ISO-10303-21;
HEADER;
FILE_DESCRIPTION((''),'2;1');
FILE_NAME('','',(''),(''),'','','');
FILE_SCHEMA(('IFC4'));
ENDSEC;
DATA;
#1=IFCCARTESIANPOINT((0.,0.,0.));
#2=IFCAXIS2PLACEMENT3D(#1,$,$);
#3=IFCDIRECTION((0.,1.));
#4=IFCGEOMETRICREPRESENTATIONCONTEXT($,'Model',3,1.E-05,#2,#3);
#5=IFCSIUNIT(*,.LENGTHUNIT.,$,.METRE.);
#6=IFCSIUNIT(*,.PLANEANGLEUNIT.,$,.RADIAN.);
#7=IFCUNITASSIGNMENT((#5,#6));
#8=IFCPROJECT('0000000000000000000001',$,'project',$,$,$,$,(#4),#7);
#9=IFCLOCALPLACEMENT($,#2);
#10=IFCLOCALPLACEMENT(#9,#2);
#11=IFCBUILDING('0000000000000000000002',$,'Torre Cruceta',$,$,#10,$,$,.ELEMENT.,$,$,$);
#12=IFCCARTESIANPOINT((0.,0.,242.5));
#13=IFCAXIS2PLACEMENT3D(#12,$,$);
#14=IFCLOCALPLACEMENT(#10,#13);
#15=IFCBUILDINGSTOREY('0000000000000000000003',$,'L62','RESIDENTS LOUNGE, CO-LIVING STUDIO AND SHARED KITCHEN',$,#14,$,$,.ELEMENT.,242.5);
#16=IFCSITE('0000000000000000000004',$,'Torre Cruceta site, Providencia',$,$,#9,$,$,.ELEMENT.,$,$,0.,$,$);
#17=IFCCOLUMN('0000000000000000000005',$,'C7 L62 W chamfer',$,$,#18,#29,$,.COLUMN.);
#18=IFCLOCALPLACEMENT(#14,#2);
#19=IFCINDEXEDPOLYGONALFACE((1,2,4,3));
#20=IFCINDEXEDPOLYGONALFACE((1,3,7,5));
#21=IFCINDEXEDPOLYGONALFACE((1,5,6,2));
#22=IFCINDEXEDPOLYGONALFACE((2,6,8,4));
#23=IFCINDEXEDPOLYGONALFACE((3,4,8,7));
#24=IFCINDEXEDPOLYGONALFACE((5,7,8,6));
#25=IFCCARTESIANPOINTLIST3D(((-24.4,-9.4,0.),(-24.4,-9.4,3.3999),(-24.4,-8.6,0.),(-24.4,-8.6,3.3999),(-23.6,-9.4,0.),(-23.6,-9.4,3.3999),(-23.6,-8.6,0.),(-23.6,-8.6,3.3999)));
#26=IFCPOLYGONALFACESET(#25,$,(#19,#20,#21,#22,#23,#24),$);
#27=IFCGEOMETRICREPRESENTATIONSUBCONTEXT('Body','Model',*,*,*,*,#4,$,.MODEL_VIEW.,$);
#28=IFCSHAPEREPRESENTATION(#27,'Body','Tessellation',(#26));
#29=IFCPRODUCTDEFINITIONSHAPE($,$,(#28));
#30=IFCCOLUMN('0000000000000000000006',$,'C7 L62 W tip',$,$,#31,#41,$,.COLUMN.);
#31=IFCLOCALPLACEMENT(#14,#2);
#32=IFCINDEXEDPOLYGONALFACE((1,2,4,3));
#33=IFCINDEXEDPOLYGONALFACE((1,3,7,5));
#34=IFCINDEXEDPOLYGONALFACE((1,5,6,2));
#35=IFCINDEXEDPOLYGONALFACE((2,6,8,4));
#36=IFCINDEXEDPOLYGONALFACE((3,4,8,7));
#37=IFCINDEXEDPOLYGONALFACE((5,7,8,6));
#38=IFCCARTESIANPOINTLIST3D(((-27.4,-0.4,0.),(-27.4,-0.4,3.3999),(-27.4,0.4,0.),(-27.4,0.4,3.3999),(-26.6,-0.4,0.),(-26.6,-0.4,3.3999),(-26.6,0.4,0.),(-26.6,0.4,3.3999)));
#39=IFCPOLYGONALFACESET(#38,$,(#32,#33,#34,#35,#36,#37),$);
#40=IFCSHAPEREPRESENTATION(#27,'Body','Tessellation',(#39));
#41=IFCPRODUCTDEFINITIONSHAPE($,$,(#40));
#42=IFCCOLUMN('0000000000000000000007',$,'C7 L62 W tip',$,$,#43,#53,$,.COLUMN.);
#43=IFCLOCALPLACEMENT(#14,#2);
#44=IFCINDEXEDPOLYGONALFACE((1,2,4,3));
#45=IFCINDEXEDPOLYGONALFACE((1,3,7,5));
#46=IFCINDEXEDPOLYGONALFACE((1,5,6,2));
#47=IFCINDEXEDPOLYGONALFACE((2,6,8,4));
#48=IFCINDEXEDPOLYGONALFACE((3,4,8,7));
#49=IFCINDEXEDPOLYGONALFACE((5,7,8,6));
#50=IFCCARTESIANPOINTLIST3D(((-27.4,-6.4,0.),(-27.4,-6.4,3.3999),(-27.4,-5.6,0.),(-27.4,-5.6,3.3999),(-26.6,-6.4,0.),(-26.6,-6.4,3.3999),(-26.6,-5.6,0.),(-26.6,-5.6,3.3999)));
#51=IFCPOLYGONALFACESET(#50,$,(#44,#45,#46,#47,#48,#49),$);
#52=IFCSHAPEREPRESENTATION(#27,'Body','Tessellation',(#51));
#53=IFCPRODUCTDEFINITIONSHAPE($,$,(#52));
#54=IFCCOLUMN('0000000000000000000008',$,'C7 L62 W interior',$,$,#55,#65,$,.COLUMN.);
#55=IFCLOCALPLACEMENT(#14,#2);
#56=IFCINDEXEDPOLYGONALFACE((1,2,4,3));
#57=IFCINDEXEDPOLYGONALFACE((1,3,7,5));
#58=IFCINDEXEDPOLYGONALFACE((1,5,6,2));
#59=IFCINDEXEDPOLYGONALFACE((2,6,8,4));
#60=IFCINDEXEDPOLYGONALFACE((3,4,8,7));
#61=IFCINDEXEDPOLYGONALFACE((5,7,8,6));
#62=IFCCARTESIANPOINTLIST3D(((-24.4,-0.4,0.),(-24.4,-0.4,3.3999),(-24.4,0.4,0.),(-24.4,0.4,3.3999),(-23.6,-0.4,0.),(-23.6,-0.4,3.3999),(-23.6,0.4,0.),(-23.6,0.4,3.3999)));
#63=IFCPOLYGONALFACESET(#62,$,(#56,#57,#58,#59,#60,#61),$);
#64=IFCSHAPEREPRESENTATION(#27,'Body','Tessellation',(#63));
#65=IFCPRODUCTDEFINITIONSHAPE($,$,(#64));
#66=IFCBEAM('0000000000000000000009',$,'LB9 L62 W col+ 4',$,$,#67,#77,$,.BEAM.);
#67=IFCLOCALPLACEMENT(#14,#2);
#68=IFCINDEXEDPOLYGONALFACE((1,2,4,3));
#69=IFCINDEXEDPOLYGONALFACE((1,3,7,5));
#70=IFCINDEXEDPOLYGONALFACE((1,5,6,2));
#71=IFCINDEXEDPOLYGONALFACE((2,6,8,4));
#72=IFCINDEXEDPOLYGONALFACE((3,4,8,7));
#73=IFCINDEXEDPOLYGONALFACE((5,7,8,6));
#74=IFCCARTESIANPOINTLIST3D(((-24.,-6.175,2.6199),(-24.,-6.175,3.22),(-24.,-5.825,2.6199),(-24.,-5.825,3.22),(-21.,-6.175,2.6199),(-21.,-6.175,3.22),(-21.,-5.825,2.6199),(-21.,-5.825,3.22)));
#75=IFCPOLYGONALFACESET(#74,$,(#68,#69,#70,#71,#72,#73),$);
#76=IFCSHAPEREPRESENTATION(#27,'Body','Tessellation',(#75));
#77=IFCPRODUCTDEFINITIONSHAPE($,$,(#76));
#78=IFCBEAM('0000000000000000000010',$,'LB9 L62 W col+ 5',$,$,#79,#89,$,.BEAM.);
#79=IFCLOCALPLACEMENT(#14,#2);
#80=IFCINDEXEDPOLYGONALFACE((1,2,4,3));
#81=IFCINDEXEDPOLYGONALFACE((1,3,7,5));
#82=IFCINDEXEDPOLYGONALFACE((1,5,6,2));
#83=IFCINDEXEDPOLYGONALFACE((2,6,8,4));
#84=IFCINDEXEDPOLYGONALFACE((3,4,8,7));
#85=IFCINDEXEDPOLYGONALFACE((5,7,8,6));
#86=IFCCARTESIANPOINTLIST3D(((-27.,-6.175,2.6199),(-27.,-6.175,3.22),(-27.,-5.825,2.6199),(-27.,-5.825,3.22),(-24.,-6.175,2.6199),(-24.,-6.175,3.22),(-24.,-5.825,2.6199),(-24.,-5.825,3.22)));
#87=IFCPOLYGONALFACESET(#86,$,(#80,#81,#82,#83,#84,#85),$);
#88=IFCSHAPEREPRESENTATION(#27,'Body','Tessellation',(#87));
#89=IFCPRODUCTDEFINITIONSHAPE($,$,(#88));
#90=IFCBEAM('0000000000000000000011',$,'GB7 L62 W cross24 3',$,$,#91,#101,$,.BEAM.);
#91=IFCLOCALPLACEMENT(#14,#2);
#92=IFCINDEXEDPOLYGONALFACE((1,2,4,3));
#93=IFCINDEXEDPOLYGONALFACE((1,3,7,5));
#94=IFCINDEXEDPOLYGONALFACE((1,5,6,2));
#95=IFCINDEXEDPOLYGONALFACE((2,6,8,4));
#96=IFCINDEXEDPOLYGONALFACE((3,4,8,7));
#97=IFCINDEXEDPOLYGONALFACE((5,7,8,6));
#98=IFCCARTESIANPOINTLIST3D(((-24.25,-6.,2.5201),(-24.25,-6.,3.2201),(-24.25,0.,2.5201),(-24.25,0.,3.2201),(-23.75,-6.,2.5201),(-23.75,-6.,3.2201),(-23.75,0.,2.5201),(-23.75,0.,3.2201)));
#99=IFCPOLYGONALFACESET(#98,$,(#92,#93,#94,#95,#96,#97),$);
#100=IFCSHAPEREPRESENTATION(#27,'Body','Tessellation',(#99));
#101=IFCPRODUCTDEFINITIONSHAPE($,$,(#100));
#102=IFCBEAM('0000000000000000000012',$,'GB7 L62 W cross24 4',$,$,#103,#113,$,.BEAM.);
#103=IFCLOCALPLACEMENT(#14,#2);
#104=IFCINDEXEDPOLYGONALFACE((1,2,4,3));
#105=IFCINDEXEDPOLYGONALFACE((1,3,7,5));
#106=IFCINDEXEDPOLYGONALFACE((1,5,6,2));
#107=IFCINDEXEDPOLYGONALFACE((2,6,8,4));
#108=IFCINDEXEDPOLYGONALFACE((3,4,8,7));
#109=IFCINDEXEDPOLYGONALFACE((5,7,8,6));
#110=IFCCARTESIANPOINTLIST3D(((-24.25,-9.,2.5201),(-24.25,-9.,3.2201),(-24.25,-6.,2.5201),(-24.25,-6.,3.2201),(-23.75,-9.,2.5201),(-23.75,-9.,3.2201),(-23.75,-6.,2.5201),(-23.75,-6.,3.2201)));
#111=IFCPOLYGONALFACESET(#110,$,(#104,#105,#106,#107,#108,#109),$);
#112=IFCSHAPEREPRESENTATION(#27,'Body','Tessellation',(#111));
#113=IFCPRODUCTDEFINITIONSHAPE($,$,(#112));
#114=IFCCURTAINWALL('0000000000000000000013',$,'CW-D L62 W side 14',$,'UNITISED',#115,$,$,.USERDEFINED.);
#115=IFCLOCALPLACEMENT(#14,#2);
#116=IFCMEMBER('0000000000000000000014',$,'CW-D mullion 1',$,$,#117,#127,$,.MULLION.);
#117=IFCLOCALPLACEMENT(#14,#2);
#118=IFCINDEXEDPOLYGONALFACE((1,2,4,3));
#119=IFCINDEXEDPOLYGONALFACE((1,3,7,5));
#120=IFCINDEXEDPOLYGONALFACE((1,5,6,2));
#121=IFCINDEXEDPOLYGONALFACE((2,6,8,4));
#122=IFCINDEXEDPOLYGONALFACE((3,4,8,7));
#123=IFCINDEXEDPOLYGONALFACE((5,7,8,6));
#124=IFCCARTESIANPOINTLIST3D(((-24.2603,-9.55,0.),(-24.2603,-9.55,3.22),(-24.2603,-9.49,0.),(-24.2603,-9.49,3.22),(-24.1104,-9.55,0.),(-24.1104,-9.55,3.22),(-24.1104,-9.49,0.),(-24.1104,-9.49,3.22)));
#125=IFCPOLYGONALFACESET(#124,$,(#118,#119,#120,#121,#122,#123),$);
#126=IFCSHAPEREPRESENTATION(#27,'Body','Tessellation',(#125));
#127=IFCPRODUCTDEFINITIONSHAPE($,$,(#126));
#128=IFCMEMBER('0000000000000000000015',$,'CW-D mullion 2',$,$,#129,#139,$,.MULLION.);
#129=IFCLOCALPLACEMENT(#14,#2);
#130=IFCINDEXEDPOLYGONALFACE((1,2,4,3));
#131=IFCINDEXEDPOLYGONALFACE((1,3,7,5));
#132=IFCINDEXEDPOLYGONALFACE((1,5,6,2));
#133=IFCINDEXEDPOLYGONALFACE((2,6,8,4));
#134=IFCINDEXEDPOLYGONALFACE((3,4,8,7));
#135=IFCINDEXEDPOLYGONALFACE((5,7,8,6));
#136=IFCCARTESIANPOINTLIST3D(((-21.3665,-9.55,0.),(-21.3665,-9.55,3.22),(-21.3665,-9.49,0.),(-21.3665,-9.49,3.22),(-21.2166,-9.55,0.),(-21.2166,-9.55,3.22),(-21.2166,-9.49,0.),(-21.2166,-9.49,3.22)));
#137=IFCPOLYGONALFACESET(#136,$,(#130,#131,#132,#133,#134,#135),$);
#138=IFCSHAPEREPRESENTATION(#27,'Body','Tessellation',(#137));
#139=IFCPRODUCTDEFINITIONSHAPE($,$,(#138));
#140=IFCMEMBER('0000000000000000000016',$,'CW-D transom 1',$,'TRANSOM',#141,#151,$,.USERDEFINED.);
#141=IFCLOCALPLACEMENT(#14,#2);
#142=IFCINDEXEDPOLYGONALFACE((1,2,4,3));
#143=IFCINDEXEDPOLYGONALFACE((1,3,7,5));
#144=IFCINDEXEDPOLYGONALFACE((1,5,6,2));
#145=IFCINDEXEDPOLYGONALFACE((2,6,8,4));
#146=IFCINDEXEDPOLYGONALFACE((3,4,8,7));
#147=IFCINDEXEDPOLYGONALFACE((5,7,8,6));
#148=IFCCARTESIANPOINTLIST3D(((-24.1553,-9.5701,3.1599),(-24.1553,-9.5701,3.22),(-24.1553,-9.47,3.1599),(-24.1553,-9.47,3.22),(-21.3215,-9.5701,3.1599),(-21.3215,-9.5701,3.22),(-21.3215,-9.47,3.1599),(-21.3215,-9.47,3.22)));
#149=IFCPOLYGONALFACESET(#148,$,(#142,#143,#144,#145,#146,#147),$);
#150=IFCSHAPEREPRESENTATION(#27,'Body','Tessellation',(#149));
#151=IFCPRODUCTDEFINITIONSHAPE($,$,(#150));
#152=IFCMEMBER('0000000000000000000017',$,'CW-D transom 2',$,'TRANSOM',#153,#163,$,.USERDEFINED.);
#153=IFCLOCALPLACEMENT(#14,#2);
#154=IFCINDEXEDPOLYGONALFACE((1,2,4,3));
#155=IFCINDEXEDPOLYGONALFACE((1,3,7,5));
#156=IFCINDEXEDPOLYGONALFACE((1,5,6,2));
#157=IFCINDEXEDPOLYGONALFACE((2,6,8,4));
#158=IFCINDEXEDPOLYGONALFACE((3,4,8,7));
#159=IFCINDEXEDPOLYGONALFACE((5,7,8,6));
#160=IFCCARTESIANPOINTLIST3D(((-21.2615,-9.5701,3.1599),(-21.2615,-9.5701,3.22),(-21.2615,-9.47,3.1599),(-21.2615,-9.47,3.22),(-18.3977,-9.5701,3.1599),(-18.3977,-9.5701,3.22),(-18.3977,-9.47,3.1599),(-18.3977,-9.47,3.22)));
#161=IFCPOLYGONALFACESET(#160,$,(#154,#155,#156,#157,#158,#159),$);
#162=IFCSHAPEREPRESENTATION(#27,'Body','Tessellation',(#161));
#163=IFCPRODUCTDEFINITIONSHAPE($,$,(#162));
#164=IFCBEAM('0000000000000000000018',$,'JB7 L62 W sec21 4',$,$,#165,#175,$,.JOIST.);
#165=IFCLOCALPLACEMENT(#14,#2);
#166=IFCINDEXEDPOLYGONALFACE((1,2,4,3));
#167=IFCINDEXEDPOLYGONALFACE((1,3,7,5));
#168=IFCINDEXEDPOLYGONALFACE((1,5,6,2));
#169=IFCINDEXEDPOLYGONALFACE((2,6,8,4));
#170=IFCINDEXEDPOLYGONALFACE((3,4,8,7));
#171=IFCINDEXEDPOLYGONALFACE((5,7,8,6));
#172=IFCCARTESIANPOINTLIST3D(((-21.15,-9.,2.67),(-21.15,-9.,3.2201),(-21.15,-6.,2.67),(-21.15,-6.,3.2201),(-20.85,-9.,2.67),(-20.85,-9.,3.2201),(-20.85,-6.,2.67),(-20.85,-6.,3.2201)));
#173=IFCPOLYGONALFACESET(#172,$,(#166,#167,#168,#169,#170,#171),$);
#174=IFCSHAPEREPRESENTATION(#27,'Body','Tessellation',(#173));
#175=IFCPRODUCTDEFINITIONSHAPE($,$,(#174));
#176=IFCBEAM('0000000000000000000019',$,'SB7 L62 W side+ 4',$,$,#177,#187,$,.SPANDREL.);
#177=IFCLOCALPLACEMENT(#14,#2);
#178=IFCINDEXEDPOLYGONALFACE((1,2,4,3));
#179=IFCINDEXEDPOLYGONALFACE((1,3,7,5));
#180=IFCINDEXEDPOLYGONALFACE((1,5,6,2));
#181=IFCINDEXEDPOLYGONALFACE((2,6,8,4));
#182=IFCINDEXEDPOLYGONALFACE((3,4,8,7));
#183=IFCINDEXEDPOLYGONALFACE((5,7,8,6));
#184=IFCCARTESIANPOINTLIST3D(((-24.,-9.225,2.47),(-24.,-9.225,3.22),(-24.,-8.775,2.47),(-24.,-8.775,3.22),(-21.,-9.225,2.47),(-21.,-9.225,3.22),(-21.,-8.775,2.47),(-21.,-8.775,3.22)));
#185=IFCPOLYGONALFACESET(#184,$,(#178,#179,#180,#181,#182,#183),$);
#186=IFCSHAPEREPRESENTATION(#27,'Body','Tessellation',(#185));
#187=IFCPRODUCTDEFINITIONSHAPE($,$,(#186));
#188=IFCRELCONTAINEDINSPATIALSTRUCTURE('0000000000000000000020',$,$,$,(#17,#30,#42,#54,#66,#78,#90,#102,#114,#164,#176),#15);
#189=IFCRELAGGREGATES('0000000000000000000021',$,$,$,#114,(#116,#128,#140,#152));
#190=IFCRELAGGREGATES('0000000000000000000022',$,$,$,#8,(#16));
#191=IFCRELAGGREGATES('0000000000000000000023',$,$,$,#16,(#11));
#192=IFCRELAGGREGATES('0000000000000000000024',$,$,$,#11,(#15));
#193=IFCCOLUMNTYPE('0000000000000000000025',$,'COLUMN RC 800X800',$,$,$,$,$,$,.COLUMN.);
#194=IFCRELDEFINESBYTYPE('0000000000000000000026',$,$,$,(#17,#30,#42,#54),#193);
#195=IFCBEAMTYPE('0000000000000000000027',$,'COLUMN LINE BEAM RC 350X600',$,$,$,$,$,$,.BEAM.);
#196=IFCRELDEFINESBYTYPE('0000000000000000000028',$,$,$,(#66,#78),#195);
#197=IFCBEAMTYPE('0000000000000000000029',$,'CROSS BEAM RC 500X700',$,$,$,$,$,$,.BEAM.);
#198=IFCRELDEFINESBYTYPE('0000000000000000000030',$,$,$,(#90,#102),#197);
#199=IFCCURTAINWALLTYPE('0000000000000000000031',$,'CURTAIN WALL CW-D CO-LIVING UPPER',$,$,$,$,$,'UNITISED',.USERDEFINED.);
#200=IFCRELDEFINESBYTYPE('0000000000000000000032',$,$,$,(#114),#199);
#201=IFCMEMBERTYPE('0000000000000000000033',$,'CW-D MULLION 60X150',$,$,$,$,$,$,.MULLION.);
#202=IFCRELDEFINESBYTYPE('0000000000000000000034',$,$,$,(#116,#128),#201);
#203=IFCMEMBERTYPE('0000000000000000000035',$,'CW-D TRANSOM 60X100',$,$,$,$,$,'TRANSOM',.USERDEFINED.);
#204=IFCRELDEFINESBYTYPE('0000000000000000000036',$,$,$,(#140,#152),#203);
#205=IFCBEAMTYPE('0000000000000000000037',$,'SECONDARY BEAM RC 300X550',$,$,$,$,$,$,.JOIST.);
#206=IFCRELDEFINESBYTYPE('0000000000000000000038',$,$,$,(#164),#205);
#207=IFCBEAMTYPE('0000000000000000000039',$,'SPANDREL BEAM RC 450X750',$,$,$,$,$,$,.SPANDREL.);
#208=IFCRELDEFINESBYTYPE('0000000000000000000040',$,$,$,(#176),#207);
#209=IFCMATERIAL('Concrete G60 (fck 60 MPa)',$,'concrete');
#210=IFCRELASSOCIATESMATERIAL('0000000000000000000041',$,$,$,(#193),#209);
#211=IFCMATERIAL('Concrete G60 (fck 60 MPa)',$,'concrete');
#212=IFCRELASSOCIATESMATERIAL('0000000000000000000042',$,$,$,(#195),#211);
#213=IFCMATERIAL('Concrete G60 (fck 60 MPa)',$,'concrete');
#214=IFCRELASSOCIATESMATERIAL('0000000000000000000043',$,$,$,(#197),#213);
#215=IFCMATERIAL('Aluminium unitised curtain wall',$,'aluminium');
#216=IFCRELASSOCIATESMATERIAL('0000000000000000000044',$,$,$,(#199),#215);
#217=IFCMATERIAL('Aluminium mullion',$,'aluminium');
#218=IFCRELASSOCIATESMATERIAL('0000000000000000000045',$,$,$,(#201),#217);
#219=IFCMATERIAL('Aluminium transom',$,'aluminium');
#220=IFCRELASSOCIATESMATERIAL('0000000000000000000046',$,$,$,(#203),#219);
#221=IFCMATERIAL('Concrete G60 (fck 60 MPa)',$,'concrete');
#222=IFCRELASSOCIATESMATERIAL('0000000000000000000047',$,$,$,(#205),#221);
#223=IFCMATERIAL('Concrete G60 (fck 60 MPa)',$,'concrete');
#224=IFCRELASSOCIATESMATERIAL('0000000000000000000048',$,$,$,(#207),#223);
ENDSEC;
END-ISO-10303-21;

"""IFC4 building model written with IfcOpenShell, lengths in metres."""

from ifc_helpers import new_model, si_unit, direction, frame, origin, origin_2d, place, context, subcontext, project, spatial, rectangle, extrude, material, material_profile, profile_set, type_object, element, aggregate, save


model = new_model("IFC4")

# Units and contexts
model_context = context("Model", 3, precision=1e-05, world=origin(), true_north=direction((0.0, 1.0)))
body_context = subcontext(model_context, "Body", "Model", "MODEL_VIEW")
ifc_project = project(units=[si_unit("LENGTHUNIT", "METRE"), si_unit("PLANEANGLEUNIT", "RADIAN")], contexts=[model_context])

# Site, building, storey
site_placement = place(None, origin())
site = spatial("IfcSite", under=ifc_project, at=site_placement, Name="Torre Cruceta site, Providencia", CompositionType="ELEMENT", RefElevation=0.0)
building_placement = place(site_placement, origin())
building = spatial("IfcBuilding", under=site, at=building_placement, Name="Torre Cruceta", CompositionType="ELEMENT")
storey_placement = place(building_placement, frame((0.0, 0.0, 242.5)))
storey = spatial("IfcBuildingStorey", under=building, at=storey_placement, Name="L62", Description="RESIDENTS LOUNGE, CO-LIVING STUDIO AND SHARED KITCHEN", CompositionType="ELEMENT", Elevation=242.5)

# Columns
ifc_material_1 = material(Name="Concrete G60 (fck 60 MPa)", Category="concrete")
ifc_material_profile_1 = material_profile(ifc_material_1, rectangle(XDim=0.8, YDim=0.8, at=origin_2d()), Name="RC 800X800")
ifc_profile_set_1 = profile_set([ifc_material_profile_1], Name="Concrete G60 (fck 60 MPa)")
column_type = type_object("IfcColumnType", Name="COLUMN RC 800X800", PredefinedType="COLUMN", material=ifc_profile_set_1)
for number, where, z_axis, x_axis, name in (
    (1, (-24.0, -9.0, 0.0), (0.0, 0.0, 1.0), (1.0, 0.0, 0.0), "C7 L62 W chamfer"),
    (2, (-27.0, 0.0, 0.0), (0.0, 0.0, 1.0), (1.0, 0.0, 0.0), "C7 L62 W tip"),
    (3, (-27.0, -6.0, 0.0), (0.0, 0.0, 1.0), (1.0, 0.0, 0.0), "C7 L62 W tip"),
    (4, (-24.0, 0.0, 0.0), (0.0, 0.0, 1.0), (1.0, 0.0, 0.0), "C7 L62 W interior"),
):
    element("IfcColumn", number, at=place(storey_placement, frame(where, z_axis=z_axis, x_axis=x_axis)), inside=storey, type_object=column_type, Name=name, PredefinedType="COLUMN", context=body_context, shape_type="SweptSolid", body=[
        extrude(rectangle(XDim=0.8, YDim=0.8, at=origin_2d()), origin(), (0.0, 0.0, 1.0), 3.3999),
    ])

# Beams
ifc_material_2 = material(Name="Concrete G60 (fck 60 MPa)", Category="concrete")
ifc_material_profile_2 = material_profile(ifc_material_2, rectangle(XDim=0.3501, YDim=0.6001, at=origin_2d()), Name="RC 350X600")
ifc_profile_set_2 = profile_set([ifc_material_profile_2], Name="Concrete G60 (fck 60 MPa)")
beam_type_1 = type_object("IfcBeamType", Name="COLUMN LINE BEAM RC 350X600", PredefinedType="BEAM", material=ifc_profile_set_2)
for number, where, z_axis, x_axis, name in (
    (5, (-21.0, -6.0, 2.9199), (-1.0, 0.0, 0.0), (0.0, -1.0, 0.0), "LB9 L62 W col+ 4"),
    (6, (-24.0, -6.0, 2.9199), (-1.0, 0.0, 0.0), (0.0, -1.0, 0.0), "LB9 L62 W col+ 5"),
):
    element("IfcBeam", number, at=place(storey_placement, frame(where, z_axis=z_axis, x_axis=x_axis)), inside=storey, type_object=beam_type_1, Name=name, PredefinedType="BEAM", context=body_context, shape_type="SweptSolid", body=[
        extrude(rectangle(XDim=0.3501, YDim=0.6001, at=origin_2d()), origin(), (0.0, 0.0, 1.0), 3.0),
    ])
ifc_material_3 = material(Name="Concrete G60 (fck 60 MPa)", Category="concrete")
ifc_material_profile_3 = material_profile(ifc_material_3, rectangle(XDim=0.5, YDim=0.7, at=origin_2d()), Name="RC 500X700")
ifc_profile_set_3 = profile_set([ifc_material_profile_3], Name="Concrete G60 (fck 60 MPa)")
beam_type_2 = type_object("IfcBeamType", Name="CROSS BEAM RC 500X700", PredefinedType="BEAM", material=ifc_profile_set_3)
beam_1_placement = place(storey_placement, frame((-24.0, 0.0, 2.8701), z_axis=(0.0, -1.0, 0.0), x_axis=(1.0, 0.0, 0.0)))
element("IfcBeam", 7, at=beam_1_placement, inside=storey, type_object=beam_type_2, Name="GB7 L62 W cross24 3", PredefinedType="BEAM", context=body_context, shape_type="SweptSolid", body=[
    extrude(rectangle(XDim=0.5, YDim=0.7, at=origin_2d()), origin(), (0.0, 0.0, 1.0), 6.0),
])
beam_2_placement = place(storey_placement, frame((-24.0, -6.0, 2.8701), z_axis=(0.0, -1.0, 0.0), x_axis=(1.0, 0.0, 0.0)))
element("IfcBeam", 8, at=beam_2_placement, inside=storey, type_object=beam_type_2, Name="GB7 L62 W cross24 4", PredefinedType="BEAM", context=body_context, shape_type="SweptSolid", body=[
    extrude(rectangle(XDim=0.5, YDim=0.7, at=origin_2d()), origin(), (0.0, 0.0, 1.0), 3.0),
])

# Curtain wall, members
ifc_material_4 = material(Name="Aluminium unitised curtain wall", Category="aluminium")
curtain_wall_type = type_object("IfcCurtainWallType", Name="CURTAIN WALL CW-D CO-LIVING UPPER", ElementType="UNITISED", PredefinedType="USERDEFINED", material=ifc_material_4)
curtain_wall_placement = place(storey_placement, origin())
curtain_wall = element("IfcCurtainWall", 9, at=curtain_wall_placement, inside=storey, type_object=curtain_wall_type, Name="CW-D L62 W side 14", ObjectType="UNITISED", PredefinedType="USERDEFINED")
ifc_material_5 = material(Name="Aluminium mullion", Category="aluminium")
ifc_material_profile_4 = material_profile(ifc_material_5, rectangle(XDim=0.0601, YDim=0.1499, at=origin_2d()), Name="AL 60X150")
ifc_profile_set_4 = profile_set([ifc_material_profile_4], Name="Aluminium mullion")
member_type_1 = type_object("IfcMemberType", Name="CW-D MULLION 60X150", PredefinedType="MULLION", material=ifc_profile_set_4)
member_1_placement = place(storey_placement, frame((-24.1853, -9.52, 0.0), z_axis=(0.0, 0.0, 1.0), x_axis=(0.0, 1.0, 0.0)))
member_1 = element("IfcMember", 10, at=member_1_placement, type_object=member_type_1, Name="CW-D mullion 1", PredefinedType="MULLION", context=body_context, shape_type="SweptSolid", body=[
    extrude(rectangle(XDim=0.0601, YDim=0.1499, at=origin_2d()), origin(), (0.0, 0.0, 1.0), 3.22),
])
member_2_placement = place(storey_placement, frame((-21.2915, -9.52, 0.0), z_axis=(0.0, 0.0, 1.0), x_axis=(0.0, 1.0, 0.0)))
member_2 = element("IfcMember", 11, at=member_2_placement, type_object=member_type_1, Name="CW-D mullion 2", PredefinedType="MULLION", context=body_context, shape_type="SweptSolid", body=[
    extrude(rectangle(XDim=0.0601, YDim=0.1499, at=origin_2d()), origin(), (0.0, 0.0, 1.0), 3.22),
])
ifc_material_6 = material(Name="Aluminium transom", Category="aluminium")
ifc_material_profile_5 = material_profile(ifc_material_6, rectangle(XDim=0.1001, YDim=0.0601, at=origin_2d()), Name="AL 100X60")
ifc_profile_set_5 = profile_set([ifc_material_profile_5], Name="Aluminium transom")
member_type_2 = type_object("IfcMemberType", Name="CW-D TRANSOM 60X100", ElementType="TRANSOM", PredefinedType="USERDEFINED", material=ifc_profile_set_5)
member_3_placement = place(storey_placement, frame((-24.1553, -9.52, 3.1899), z_axis=(1.0, 0.0, 0.0), x_axis=(0.0, 1.0, 0.0)))
member_3 = element("IfcMember", 12, at=member_3_placement, type_object=member_type_2, Name="CW-D transom 1", ObjectType="TRANSOM", PredefinedType="USERDEFINED", context=body_context, shape_type="SweptSolid", body=[
    extrude(rectangle(XDim=0.1001, YDim=0.0601, at=origin_2d()), origin(), (0.0, 0.0, 1.0), 2.8337),
])
member_4_placement = place(storey_placement, frame((-21.2615, -9.52, 3.1899), z_axis=(1.0, 0.0, 0.0), x_axis=(0.0, 1.0, 0.0)))
member_4 = element("IfcMember", 13, at=member_4_placement, type_object=member_type_2, Name="CW-D transom 2", ObjectType="TRANSOM", PredefinedType="USERDEFINED", context=body_context, shape_type="SweptSolid", body=[
    extrude(rectangle(XDim=0.1001, YDim=0.0601, at=origin_2d()), origin(), (0.0, 0.0, 1.0), 2.8638),
])

# Beams
ifc_material_7 = material(Name="Concrete G60 (fck 60 MPa)", Category="concrete")
ifc_material_profile_6 = material_profile(ifc_material_7, rectangle(XDim=0.3, YDim=0.55, at=origin_2d()), Name="RC 300X550")
ifc_profile_set_6 = profile_set([ifc_material_profile_6], Name="Concrete G60 (fck 60 MPa)")
beam_type_3 = type_object("IfcBeamType", Name="SECONDARY BEAM RC 300X550", PredefinedType="JOIST", material=ifc_profile_set_6)
beam_3_placement = place(storey_placement, frame((-21.0, -6.0, 2.9451), z_axis=(0.0, -1.0, 0.0), x_axis=(1.0, 0.0, 0.0)))
element("IfcBeam", 14, at=beam_3_placement, inside=storey, type_object=beam_type_3, Name="JB7 L62 W sec21 4", PredefinedType="JOIST", context=body_context, shape_type="SweptSolid", body=[
    extrude(rectangle(XDim=0.3, YDim=0.55, at=origin_2d()), origin(), (0.0, 0.0, 1.0), 3.0),
])
ifc_material_8 = material(Name="Concrete G60 (fck 60 MPa)", Category="concrete")
ifc_material_profile_7 = material_profile(ifc_material_8, rectangle(XDim=0.45, YDim=0.75, at=origin_2d()), Name="RC 450X750")
ifc_profile_set_7 = profile_set([ifc_material_profile_7], Name="Concrete G60 (fck 60 MPa)")
beam_type_4 = type_object("IfcBeamType", Name="SPANDREL BEAM RC 450X750", PredefinedType="SPANDREL", material=ifc_profile_set_7)
beam_4_placement = place(storey_placement, frame((-21.0, -9.0, 2.845), z_axis=(-1.0, 0.0, 0.0), x_axis=(0.0, -1.0, 0.0)))
element("IfcBeam", 15, at=beam_4_placement, inside=storey, type_object=beam_type_4, Name="SB7 L62 W side+ 4", PredefinedType="SPANDREL", context=body_context, shape_type="SweptSolid", body=[
    extrude(rectangle(XDim=0.45, YDim=0.75, at=origin_2d()), origin(), (0.0, 0.0, 1.0), 3.0),
])

aggregate(curtain_wall, [member_1, member_2, member_3, member_4])

save(model, "model.ifc")
